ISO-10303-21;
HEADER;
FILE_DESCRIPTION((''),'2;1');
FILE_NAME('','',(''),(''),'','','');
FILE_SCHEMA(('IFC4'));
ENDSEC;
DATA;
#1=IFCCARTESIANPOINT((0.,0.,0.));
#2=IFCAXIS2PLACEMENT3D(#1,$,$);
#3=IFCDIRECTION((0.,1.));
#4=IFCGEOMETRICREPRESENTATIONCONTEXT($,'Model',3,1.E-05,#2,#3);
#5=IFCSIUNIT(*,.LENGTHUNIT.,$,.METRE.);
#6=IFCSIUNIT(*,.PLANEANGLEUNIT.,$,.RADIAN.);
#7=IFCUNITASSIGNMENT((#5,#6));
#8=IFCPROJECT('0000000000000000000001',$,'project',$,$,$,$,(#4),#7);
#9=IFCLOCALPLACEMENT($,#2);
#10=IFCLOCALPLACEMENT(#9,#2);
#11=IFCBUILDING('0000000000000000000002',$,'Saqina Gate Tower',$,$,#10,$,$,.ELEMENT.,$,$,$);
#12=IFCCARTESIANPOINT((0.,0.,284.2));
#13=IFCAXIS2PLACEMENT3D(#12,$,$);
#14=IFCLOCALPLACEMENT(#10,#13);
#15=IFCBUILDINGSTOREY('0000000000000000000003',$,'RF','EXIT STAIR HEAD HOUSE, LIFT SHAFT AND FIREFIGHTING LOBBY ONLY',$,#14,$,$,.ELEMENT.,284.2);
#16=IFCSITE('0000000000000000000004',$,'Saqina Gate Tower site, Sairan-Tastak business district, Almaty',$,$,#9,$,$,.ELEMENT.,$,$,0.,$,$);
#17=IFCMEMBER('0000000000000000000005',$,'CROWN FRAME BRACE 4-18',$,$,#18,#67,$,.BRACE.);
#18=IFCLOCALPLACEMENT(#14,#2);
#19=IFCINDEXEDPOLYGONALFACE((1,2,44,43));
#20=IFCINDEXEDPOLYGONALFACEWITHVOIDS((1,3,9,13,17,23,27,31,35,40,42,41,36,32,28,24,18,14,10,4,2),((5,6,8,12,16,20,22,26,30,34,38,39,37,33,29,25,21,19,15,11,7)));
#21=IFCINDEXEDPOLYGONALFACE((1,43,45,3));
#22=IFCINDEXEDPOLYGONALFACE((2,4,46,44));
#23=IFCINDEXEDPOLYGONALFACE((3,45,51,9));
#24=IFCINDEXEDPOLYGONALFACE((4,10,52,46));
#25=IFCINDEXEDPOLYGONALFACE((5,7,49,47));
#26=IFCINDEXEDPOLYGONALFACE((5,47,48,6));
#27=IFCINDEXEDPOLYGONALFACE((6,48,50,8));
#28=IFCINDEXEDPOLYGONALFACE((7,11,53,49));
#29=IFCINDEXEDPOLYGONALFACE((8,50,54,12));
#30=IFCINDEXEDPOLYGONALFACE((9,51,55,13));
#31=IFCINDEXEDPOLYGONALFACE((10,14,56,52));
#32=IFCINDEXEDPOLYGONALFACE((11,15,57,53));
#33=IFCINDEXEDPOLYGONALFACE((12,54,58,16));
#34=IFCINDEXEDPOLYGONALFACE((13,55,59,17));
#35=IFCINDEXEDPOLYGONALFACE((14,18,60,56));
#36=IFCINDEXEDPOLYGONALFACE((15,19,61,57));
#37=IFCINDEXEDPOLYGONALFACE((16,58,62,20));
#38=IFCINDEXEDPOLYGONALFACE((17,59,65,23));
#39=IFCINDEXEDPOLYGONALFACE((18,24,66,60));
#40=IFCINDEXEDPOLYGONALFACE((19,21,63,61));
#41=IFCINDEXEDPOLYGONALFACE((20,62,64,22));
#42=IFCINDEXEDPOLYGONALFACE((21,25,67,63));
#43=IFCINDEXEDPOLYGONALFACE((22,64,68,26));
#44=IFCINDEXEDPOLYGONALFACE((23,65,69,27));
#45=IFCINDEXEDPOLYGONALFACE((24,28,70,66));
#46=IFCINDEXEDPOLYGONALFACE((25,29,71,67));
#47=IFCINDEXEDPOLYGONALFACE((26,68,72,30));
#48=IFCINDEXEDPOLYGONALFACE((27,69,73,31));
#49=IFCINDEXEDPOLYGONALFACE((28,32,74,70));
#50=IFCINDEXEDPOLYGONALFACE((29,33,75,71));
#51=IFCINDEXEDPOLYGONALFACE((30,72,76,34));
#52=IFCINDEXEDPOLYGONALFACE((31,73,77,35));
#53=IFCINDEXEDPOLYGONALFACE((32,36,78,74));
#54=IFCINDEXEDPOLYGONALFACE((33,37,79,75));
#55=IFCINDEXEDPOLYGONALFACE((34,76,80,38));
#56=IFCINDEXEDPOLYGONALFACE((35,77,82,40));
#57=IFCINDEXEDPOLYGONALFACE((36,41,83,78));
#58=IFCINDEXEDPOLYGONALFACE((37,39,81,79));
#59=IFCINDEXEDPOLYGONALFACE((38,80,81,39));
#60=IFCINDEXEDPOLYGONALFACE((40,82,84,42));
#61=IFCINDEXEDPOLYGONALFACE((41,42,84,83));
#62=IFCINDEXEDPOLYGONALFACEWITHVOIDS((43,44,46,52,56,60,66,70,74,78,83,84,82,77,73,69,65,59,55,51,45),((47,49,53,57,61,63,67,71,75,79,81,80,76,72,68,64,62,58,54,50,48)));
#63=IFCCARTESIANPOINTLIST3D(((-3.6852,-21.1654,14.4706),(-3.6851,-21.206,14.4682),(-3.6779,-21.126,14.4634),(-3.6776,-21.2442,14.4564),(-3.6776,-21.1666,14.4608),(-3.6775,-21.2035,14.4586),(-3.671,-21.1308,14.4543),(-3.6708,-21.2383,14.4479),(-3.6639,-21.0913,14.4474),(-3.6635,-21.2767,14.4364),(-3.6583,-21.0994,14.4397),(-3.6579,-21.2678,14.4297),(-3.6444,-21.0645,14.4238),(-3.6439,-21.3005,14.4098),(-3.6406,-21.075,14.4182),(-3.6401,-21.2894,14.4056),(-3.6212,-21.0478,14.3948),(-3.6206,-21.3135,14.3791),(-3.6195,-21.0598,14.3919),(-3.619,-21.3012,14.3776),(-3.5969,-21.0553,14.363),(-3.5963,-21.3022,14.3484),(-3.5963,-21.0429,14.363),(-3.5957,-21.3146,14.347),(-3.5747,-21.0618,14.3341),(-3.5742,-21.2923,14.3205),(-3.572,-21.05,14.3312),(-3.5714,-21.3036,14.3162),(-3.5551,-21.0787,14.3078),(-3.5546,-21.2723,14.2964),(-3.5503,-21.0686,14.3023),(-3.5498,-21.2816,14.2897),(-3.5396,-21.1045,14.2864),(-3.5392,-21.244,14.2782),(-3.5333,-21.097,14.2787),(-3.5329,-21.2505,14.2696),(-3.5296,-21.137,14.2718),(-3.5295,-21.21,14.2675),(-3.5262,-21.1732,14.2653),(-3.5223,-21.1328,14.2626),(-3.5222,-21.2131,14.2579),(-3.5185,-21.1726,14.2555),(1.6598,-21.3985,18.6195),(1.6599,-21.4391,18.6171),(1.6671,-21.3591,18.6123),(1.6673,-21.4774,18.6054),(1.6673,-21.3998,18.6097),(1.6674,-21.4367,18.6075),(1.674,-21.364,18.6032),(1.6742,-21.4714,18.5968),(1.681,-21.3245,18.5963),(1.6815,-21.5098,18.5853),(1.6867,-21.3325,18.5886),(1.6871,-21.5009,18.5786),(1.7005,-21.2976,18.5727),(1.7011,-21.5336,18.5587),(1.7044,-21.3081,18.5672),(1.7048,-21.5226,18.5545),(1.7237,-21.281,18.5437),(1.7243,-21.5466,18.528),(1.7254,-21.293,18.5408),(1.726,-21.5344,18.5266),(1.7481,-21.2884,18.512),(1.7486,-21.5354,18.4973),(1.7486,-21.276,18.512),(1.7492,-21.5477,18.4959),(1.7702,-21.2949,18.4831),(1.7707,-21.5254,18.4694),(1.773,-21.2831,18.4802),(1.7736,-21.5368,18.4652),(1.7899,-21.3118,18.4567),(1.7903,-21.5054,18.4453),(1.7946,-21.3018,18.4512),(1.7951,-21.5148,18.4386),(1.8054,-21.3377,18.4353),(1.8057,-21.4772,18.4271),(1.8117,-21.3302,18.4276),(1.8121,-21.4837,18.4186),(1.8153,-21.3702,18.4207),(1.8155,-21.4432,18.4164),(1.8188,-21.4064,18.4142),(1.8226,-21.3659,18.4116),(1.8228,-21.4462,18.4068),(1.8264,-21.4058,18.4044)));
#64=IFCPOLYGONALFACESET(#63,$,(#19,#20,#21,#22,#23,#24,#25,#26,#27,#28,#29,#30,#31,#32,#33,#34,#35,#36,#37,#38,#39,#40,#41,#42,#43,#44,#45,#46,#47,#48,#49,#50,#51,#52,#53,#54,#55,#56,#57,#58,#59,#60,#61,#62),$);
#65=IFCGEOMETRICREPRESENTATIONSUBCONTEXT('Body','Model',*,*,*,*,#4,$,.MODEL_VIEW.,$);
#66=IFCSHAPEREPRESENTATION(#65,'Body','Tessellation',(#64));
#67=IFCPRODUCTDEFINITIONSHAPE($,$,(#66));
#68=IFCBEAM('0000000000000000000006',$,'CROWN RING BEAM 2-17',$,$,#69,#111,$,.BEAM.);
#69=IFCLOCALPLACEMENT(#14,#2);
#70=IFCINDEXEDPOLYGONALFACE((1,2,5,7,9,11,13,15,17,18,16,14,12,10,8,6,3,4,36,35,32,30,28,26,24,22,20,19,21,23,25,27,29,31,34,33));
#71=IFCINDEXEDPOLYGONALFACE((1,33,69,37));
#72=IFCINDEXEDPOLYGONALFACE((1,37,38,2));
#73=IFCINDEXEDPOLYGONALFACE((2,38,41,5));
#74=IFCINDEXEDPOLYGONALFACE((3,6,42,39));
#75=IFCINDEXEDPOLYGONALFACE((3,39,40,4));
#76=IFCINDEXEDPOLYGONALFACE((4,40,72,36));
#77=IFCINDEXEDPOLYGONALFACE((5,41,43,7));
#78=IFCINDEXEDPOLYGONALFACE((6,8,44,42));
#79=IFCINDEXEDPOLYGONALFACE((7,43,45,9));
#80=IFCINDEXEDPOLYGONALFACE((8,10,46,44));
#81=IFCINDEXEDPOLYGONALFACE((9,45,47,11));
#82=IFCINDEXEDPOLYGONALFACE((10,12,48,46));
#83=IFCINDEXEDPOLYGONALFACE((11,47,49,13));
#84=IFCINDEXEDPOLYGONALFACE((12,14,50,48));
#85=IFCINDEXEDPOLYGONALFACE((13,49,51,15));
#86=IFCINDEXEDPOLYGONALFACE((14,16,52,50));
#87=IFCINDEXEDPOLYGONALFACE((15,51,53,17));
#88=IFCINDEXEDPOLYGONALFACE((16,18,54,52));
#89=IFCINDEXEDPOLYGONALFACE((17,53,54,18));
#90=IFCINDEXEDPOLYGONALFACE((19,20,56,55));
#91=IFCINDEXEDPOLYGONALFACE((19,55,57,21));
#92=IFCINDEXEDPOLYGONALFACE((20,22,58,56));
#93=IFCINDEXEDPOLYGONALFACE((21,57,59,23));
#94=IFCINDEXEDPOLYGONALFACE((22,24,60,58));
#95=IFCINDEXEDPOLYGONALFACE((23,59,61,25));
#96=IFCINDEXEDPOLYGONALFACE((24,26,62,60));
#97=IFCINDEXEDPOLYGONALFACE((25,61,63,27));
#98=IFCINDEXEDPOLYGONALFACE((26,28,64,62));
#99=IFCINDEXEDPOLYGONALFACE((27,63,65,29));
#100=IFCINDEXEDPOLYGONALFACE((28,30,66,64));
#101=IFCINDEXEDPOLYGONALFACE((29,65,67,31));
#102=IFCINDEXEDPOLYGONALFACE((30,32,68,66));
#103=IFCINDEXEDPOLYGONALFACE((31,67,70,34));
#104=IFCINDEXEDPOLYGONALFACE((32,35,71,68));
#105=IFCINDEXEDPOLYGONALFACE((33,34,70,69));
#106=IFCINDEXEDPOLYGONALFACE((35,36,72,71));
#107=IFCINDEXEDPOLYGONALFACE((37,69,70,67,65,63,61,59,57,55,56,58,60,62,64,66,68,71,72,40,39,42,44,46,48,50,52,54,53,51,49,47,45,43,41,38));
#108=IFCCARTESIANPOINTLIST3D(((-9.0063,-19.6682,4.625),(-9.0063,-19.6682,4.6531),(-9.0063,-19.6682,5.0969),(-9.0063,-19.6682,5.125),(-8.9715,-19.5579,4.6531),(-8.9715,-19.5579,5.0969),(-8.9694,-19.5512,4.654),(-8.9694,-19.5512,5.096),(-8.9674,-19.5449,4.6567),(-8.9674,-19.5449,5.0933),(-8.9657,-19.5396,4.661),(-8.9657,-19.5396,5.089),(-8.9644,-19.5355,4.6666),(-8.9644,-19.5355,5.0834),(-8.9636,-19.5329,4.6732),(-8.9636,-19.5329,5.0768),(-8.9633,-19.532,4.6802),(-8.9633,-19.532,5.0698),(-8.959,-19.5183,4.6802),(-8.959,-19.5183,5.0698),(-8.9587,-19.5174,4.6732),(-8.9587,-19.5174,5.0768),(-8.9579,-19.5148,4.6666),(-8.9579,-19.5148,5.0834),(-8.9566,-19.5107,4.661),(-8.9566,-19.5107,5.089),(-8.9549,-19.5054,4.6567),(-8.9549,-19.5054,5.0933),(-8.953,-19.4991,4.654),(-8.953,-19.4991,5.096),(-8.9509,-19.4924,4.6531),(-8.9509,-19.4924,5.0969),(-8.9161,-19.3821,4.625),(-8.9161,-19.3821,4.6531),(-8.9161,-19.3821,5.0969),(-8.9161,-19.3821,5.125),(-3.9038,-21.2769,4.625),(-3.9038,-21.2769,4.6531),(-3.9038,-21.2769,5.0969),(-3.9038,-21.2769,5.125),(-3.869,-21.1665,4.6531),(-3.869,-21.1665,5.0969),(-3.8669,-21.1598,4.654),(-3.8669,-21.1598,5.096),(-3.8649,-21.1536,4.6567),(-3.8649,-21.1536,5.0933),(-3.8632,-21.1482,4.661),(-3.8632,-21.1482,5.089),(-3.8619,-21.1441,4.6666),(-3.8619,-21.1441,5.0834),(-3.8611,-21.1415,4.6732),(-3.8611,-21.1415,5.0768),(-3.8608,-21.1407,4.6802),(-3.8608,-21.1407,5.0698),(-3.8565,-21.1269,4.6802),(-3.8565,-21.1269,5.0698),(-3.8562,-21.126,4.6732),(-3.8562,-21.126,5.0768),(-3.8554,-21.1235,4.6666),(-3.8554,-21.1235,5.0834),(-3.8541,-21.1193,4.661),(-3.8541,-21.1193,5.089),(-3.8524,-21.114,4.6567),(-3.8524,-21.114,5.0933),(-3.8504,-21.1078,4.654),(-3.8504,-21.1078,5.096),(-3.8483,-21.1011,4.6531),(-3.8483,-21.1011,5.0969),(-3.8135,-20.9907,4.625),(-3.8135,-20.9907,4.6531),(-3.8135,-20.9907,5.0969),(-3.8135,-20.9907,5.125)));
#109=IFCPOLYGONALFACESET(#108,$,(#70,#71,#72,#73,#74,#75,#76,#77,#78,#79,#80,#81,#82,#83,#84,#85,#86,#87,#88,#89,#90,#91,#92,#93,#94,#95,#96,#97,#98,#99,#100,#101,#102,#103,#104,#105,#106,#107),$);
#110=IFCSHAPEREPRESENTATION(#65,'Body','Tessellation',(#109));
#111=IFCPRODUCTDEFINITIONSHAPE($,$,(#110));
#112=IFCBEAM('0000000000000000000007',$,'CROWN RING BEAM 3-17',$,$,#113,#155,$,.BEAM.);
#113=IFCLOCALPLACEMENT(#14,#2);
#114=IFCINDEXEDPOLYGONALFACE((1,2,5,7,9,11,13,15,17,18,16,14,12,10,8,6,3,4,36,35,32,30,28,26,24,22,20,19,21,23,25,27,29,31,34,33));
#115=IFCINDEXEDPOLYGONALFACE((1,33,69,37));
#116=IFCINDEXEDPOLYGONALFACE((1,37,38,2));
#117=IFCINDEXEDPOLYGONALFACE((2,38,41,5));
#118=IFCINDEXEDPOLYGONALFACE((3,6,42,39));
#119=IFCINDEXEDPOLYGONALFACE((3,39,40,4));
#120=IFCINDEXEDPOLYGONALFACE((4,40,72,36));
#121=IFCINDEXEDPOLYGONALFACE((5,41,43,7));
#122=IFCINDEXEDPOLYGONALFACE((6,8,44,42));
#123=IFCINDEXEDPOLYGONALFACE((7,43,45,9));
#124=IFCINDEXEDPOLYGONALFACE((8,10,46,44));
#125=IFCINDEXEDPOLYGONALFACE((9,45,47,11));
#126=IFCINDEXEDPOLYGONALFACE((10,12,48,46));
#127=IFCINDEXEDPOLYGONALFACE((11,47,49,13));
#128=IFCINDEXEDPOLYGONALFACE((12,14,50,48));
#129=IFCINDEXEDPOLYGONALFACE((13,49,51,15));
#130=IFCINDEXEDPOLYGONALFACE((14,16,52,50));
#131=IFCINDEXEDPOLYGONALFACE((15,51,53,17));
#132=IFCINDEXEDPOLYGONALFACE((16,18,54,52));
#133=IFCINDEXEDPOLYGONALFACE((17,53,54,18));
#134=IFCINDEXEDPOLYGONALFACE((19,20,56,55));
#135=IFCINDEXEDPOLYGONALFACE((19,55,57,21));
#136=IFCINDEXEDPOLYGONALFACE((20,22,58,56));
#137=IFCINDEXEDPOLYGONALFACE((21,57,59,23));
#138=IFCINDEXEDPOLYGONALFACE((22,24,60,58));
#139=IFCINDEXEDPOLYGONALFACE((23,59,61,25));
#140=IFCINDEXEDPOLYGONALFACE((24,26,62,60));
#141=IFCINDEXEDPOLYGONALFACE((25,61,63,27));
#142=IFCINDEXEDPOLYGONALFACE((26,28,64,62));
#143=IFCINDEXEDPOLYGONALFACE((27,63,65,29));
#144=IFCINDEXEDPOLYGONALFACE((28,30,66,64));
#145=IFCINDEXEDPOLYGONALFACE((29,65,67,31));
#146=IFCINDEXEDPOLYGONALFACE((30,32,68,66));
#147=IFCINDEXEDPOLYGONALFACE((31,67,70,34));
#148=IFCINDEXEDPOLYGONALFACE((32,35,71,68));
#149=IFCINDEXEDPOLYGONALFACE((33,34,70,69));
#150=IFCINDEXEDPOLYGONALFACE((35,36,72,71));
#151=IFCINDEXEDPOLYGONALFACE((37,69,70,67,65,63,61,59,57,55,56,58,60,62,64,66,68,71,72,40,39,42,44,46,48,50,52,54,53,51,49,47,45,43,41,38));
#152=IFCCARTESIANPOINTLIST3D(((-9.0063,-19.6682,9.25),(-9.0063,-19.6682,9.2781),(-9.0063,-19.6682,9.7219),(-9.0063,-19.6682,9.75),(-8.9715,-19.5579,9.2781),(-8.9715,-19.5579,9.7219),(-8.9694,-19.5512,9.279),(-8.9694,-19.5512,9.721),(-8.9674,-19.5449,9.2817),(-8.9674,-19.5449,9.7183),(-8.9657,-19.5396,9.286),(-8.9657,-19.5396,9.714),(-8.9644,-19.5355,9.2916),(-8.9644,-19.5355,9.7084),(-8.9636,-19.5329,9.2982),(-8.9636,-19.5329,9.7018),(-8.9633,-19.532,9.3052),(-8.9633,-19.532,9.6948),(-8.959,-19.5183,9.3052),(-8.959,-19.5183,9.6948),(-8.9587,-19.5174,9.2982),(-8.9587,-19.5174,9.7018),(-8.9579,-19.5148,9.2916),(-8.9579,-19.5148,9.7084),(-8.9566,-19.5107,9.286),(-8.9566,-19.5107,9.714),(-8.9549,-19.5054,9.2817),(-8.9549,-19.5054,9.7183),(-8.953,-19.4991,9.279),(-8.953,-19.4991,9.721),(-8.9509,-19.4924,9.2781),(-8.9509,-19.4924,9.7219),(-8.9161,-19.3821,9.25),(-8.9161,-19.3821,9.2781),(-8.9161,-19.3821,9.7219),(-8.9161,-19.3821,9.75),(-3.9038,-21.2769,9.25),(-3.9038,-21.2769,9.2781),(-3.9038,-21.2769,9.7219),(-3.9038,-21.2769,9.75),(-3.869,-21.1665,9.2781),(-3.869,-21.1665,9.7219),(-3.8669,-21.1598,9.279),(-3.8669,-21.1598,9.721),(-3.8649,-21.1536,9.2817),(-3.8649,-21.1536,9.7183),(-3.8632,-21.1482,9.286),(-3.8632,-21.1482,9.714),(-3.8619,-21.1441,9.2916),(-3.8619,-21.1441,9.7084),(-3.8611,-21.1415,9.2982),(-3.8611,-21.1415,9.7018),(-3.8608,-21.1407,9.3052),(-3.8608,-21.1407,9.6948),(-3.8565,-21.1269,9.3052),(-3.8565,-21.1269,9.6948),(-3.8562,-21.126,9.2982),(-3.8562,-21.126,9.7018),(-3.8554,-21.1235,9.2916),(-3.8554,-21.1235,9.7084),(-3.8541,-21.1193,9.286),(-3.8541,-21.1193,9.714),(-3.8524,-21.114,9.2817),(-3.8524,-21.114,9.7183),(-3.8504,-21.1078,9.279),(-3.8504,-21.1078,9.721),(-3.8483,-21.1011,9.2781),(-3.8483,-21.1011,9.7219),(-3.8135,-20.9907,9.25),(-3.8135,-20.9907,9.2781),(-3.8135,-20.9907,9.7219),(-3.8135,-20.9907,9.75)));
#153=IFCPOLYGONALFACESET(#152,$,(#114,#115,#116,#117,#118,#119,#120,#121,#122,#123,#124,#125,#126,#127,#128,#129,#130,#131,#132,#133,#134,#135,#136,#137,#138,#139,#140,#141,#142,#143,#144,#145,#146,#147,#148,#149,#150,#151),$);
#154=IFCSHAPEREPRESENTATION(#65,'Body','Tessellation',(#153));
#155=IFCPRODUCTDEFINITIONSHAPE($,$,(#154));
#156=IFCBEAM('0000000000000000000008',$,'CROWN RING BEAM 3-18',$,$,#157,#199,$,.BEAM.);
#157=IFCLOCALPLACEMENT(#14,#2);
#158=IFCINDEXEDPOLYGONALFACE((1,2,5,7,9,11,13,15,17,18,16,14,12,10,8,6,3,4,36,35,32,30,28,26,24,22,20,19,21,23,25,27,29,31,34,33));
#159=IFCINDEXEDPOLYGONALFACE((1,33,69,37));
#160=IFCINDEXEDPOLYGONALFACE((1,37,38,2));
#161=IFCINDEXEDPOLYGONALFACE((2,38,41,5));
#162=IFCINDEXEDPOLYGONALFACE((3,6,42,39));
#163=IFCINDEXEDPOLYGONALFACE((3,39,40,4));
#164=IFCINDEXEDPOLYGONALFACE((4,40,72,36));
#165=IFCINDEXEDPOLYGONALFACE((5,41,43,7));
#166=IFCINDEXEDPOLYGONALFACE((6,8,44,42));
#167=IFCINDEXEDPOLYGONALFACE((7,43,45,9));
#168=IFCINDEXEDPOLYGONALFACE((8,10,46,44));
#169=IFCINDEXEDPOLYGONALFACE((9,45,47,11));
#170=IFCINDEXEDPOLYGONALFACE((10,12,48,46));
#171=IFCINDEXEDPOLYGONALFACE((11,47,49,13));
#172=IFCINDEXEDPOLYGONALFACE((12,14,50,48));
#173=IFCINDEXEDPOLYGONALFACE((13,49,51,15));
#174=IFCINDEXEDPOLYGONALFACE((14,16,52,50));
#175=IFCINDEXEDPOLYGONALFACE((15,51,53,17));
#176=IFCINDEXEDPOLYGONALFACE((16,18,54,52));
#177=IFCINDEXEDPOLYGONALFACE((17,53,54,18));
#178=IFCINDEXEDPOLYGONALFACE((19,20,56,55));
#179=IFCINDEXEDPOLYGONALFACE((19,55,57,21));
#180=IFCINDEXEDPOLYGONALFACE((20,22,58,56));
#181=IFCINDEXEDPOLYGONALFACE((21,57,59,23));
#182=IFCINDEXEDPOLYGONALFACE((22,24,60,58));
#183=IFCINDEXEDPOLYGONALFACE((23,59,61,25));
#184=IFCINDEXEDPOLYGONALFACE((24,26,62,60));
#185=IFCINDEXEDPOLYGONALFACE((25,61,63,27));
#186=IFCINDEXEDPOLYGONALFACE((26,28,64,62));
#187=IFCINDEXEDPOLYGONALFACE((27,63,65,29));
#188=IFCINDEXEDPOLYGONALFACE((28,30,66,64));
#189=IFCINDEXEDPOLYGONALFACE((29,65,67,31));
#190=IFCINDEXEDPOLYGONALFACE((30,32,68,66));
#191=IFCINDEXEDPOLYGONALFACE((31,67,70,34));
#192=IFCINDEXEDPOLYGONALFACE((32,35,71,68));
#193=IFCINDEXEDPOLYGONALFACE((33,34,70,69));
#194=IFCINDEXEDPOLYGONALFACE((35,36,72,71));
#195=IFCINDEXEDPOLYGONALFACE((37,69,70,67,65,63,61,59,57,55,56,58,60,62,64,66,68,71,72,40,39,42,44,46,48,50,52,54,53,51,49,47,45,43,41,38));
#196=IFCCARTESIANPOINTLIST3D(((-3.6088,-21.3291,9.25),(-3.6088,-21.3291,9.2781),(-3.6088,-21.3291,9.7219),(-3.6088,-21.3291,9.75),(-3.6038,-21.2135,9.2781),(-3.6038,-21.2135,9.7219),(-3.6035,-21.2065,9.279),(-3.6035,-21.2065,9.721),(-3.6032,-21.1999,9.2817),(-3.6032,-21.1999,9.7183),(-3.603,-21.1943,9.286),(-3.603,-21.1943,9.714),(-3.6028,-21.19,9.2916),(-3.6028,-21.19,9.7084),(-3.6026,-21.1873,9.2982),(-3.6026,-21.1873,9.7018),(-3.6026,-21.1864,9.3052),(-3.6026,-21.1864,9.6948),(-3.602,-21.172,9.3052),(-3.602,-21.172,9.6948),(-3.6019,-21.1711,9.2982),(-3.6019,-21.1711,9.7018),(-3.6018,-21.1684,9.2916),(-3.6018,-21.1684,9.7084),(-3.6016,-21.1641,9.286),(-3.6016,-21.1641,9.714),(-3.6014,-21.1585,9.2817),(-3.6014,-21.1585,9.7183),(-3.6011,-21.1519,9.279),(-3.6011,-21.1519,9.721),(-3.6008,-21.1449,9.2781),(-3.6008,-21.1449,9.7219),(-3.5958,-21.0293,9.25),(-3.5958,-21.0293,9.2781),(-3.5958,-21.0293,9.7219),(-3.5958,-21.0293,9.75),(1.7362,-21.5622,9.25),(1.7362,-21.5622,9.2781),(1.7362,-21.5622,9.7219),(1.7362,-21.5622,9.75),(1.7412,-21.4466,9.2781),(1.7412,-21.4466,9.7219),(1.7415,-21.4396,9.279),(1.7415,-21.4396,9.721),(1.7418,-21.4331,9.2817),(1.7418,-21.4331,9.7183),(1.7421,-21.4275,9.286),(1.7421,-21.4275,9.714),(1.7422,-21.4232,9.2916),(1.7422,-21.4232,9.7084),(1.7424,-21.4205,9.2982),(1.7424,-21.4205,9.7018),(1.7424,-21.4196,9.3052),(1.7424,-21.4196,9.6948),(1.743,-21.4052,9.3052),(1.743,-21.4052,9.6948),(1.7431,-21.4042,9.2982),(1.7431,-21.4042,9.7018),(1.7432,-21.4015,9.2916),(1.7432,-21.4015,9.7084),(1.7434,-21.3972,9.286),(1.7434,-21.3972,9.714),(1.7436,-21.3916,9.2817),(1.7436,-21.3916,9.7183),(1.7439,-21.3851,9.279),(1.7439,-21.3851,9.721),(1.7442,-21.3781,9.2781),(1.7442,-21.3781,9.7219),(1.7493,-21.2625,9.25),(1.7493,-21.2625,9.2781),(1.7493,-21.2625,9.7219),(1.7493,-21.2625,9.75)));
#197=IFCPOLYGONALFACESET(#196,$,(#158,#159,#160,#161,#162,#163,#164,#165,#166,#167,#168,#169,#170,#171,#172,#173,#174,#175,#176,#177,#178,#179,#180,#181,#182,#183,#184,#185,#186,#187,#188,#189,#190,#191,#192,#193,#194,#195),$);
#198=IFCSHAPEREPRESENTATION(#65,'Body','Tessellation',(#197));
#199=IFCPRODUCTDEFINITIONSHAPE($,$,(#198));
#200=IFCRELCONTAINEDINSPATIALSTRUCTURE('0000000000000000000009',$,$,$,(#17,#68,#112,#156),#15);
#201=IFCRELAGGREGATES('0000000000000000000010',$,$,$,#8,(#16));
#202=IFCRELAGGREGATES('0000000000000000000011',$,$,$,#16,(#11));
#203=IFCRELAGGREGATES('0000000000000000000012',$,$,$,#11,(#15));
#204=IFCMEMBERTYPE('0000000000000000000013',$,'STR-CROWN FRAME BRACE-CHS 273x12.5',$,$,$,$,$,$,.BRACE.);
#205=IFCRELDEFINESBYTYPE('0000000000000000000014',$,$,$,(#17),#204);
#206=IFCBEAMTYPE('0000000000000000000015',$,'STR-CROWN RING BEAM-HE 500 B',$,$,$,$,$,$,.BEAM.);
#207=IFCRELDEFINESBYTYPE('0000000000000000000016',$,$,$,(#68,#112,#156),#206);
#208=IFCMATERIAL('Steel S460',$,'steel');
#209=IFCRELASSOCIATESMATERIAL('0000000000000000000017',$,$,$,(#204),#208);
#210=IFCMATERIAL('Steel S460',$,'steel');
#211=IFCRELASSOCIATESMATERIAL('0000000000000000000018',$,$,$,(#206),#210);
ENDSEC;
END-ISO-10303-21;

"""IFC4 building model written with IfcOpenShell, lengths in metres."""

from ifc_helpers import new_model, si_unit, direction, frame, origin, origin_2d, place, context, subcontext, project, spatial, hollow_circle, i_section, extrude, material, material_profile, profile_set, type_object, element, save


model = new_model("IFC4")

# Units and contexts
model_context = context("Model", 3, precision=1e-05, world=origin(), true_north=direction((0.0, 1.0)))
body_context = subcontext(model_context, "Body", "Model", "MODEL_VIEW")
ifc_project = project(units=[si_unit("LENGTHUNIT", "METRE"), si_unit("PLANEANGLEUNIT", "RADIAN")], contexts=[model_context])

# Site, building, storey
site_placement = place(None, origin())
site = spatial("IfcSite", under=ifc_project, at=site_placement, Name="Saqina Gate Tower site, Sairan-Tastak business district, Almaty", CompositionType="ELEMENT", RefElevation=0.0)
building_placement = place(site_placement, origin())
building = spatial("IfcBuilding", under=site, at=building_placement, Name="Saqina Gate Tower", CompositionType="ELEMENT")
storey_placement = place(building_placement, frame((0.0, 0.0, 284.2)))
storey = spatial("IfcBuildingStorey", under=building, at=storey_placement, Name="RF", Description="EXIT STAIR HEAD HOUSE, LIFT SHAFT AND FIREFIGHTING LOBBY ONLY", CompositionType="ELEMENT", Elevation=284.2)

# Member
ifc_material_1 = material(Name="Steel S460", Category="steel")
ifc_material_profile_1 = material_profile(ifc_material_1, hollow_circle(Radius=0.1365, WallThickness=0.0125, at=origin_2d()), Name="CHS 273x12.5")
ifc_profile_set_1 = profile_set([ifc_material_profile_1], Name="Steel S460")
member_type = type_object("IfcMemberType", Name="STR-CROWN FRAME BRACE-CHS 273x12.5", PredefinedType="BRACE", material=ifc_profile_set_1)
for number, where, z_axis, x_axis, name in (
    (1, (-3.6023, -21.1792, 14.363), (0.789476, -0.034438, 0.612815), (0.04358, 0.99905, 0.0), "CROWN FRAME BRACE 4-18"),
):
    element("IfcMember", number, at=place(storey_placement, frame(where, z_axis=z_axis, x_axis=x_axis)), inside=storey, type_object=member_type, Name=name, PredefinedType="BRACE", context=body_context, shape_type="SweptSolid", body=[
        extrude(hollow_circle(Radius=0.1365, WallThickness=0.0125, at=origin_2d()), origin(), (0.0, 0.0, 1.0), 6.7703),
    ])

# Beams
ifc_material_2 = material(Name="Steel S460", Category="steel")
ifc_material_profile_2 = material_profile(ifc_material_2, i_section(OverallWidth=0.3, OverallDepth=0.5, WebThickness=0.0144, FlangeThickness=0.0281, FilletRadius=0.0271, at=origin_2d()), Name="HE 500 B")
ifc_profile_set_2 = profile_set([ifc_material_profile_2], Name="Steel S460")
beam_type_1 = type_object("IfcBeamType", Name="STR-CROWN RING BEAM-HE 500 B", PredefinedType="BEAM", material=ifc_profile_set_2)
for number, where, z_axis, x_axis, name in (
    (2, (-8.9612, -19.5251, 4.875), (0.953727, -0.300675, 0.0), (0.300675, 0.953727, 0.0), "CROWN RING BEAM 2-17"),
    (3, (-8.9612, -19.5251, 9.5), (0.953727, -0.300675, 0.0), (0.300675, 0.953727, 0.0), "CROWN RING BEAM 3-17"),
    (4, (-3.6023, -21.1792, 9.5), (0.99905, -0.04358, 0.0), (0.04358, 0.99905, 0.0), "CROWN RING BEAM 3-18"),
):
    element("IfcBeam", number, at=place(storey_placement, frame(where, z_axis=z_axis, x_axis=x_axis)), inside=storey, type_object=beam_type_1, Name=name, PredefinedType="BEAM", context=body_context, shape_type="SweptSolid", body=[
        extrude(i_section(OverallWidth=0.3, OverallDepth=0.5, WebThickness=0.0144, FlangeThickness=0.0281, FilletRadius=0.0271, at=origin_2d()), origin(), (0.0, 0.0, 1.0), 5.3501),
    ])

save(model, "model.ifc")
